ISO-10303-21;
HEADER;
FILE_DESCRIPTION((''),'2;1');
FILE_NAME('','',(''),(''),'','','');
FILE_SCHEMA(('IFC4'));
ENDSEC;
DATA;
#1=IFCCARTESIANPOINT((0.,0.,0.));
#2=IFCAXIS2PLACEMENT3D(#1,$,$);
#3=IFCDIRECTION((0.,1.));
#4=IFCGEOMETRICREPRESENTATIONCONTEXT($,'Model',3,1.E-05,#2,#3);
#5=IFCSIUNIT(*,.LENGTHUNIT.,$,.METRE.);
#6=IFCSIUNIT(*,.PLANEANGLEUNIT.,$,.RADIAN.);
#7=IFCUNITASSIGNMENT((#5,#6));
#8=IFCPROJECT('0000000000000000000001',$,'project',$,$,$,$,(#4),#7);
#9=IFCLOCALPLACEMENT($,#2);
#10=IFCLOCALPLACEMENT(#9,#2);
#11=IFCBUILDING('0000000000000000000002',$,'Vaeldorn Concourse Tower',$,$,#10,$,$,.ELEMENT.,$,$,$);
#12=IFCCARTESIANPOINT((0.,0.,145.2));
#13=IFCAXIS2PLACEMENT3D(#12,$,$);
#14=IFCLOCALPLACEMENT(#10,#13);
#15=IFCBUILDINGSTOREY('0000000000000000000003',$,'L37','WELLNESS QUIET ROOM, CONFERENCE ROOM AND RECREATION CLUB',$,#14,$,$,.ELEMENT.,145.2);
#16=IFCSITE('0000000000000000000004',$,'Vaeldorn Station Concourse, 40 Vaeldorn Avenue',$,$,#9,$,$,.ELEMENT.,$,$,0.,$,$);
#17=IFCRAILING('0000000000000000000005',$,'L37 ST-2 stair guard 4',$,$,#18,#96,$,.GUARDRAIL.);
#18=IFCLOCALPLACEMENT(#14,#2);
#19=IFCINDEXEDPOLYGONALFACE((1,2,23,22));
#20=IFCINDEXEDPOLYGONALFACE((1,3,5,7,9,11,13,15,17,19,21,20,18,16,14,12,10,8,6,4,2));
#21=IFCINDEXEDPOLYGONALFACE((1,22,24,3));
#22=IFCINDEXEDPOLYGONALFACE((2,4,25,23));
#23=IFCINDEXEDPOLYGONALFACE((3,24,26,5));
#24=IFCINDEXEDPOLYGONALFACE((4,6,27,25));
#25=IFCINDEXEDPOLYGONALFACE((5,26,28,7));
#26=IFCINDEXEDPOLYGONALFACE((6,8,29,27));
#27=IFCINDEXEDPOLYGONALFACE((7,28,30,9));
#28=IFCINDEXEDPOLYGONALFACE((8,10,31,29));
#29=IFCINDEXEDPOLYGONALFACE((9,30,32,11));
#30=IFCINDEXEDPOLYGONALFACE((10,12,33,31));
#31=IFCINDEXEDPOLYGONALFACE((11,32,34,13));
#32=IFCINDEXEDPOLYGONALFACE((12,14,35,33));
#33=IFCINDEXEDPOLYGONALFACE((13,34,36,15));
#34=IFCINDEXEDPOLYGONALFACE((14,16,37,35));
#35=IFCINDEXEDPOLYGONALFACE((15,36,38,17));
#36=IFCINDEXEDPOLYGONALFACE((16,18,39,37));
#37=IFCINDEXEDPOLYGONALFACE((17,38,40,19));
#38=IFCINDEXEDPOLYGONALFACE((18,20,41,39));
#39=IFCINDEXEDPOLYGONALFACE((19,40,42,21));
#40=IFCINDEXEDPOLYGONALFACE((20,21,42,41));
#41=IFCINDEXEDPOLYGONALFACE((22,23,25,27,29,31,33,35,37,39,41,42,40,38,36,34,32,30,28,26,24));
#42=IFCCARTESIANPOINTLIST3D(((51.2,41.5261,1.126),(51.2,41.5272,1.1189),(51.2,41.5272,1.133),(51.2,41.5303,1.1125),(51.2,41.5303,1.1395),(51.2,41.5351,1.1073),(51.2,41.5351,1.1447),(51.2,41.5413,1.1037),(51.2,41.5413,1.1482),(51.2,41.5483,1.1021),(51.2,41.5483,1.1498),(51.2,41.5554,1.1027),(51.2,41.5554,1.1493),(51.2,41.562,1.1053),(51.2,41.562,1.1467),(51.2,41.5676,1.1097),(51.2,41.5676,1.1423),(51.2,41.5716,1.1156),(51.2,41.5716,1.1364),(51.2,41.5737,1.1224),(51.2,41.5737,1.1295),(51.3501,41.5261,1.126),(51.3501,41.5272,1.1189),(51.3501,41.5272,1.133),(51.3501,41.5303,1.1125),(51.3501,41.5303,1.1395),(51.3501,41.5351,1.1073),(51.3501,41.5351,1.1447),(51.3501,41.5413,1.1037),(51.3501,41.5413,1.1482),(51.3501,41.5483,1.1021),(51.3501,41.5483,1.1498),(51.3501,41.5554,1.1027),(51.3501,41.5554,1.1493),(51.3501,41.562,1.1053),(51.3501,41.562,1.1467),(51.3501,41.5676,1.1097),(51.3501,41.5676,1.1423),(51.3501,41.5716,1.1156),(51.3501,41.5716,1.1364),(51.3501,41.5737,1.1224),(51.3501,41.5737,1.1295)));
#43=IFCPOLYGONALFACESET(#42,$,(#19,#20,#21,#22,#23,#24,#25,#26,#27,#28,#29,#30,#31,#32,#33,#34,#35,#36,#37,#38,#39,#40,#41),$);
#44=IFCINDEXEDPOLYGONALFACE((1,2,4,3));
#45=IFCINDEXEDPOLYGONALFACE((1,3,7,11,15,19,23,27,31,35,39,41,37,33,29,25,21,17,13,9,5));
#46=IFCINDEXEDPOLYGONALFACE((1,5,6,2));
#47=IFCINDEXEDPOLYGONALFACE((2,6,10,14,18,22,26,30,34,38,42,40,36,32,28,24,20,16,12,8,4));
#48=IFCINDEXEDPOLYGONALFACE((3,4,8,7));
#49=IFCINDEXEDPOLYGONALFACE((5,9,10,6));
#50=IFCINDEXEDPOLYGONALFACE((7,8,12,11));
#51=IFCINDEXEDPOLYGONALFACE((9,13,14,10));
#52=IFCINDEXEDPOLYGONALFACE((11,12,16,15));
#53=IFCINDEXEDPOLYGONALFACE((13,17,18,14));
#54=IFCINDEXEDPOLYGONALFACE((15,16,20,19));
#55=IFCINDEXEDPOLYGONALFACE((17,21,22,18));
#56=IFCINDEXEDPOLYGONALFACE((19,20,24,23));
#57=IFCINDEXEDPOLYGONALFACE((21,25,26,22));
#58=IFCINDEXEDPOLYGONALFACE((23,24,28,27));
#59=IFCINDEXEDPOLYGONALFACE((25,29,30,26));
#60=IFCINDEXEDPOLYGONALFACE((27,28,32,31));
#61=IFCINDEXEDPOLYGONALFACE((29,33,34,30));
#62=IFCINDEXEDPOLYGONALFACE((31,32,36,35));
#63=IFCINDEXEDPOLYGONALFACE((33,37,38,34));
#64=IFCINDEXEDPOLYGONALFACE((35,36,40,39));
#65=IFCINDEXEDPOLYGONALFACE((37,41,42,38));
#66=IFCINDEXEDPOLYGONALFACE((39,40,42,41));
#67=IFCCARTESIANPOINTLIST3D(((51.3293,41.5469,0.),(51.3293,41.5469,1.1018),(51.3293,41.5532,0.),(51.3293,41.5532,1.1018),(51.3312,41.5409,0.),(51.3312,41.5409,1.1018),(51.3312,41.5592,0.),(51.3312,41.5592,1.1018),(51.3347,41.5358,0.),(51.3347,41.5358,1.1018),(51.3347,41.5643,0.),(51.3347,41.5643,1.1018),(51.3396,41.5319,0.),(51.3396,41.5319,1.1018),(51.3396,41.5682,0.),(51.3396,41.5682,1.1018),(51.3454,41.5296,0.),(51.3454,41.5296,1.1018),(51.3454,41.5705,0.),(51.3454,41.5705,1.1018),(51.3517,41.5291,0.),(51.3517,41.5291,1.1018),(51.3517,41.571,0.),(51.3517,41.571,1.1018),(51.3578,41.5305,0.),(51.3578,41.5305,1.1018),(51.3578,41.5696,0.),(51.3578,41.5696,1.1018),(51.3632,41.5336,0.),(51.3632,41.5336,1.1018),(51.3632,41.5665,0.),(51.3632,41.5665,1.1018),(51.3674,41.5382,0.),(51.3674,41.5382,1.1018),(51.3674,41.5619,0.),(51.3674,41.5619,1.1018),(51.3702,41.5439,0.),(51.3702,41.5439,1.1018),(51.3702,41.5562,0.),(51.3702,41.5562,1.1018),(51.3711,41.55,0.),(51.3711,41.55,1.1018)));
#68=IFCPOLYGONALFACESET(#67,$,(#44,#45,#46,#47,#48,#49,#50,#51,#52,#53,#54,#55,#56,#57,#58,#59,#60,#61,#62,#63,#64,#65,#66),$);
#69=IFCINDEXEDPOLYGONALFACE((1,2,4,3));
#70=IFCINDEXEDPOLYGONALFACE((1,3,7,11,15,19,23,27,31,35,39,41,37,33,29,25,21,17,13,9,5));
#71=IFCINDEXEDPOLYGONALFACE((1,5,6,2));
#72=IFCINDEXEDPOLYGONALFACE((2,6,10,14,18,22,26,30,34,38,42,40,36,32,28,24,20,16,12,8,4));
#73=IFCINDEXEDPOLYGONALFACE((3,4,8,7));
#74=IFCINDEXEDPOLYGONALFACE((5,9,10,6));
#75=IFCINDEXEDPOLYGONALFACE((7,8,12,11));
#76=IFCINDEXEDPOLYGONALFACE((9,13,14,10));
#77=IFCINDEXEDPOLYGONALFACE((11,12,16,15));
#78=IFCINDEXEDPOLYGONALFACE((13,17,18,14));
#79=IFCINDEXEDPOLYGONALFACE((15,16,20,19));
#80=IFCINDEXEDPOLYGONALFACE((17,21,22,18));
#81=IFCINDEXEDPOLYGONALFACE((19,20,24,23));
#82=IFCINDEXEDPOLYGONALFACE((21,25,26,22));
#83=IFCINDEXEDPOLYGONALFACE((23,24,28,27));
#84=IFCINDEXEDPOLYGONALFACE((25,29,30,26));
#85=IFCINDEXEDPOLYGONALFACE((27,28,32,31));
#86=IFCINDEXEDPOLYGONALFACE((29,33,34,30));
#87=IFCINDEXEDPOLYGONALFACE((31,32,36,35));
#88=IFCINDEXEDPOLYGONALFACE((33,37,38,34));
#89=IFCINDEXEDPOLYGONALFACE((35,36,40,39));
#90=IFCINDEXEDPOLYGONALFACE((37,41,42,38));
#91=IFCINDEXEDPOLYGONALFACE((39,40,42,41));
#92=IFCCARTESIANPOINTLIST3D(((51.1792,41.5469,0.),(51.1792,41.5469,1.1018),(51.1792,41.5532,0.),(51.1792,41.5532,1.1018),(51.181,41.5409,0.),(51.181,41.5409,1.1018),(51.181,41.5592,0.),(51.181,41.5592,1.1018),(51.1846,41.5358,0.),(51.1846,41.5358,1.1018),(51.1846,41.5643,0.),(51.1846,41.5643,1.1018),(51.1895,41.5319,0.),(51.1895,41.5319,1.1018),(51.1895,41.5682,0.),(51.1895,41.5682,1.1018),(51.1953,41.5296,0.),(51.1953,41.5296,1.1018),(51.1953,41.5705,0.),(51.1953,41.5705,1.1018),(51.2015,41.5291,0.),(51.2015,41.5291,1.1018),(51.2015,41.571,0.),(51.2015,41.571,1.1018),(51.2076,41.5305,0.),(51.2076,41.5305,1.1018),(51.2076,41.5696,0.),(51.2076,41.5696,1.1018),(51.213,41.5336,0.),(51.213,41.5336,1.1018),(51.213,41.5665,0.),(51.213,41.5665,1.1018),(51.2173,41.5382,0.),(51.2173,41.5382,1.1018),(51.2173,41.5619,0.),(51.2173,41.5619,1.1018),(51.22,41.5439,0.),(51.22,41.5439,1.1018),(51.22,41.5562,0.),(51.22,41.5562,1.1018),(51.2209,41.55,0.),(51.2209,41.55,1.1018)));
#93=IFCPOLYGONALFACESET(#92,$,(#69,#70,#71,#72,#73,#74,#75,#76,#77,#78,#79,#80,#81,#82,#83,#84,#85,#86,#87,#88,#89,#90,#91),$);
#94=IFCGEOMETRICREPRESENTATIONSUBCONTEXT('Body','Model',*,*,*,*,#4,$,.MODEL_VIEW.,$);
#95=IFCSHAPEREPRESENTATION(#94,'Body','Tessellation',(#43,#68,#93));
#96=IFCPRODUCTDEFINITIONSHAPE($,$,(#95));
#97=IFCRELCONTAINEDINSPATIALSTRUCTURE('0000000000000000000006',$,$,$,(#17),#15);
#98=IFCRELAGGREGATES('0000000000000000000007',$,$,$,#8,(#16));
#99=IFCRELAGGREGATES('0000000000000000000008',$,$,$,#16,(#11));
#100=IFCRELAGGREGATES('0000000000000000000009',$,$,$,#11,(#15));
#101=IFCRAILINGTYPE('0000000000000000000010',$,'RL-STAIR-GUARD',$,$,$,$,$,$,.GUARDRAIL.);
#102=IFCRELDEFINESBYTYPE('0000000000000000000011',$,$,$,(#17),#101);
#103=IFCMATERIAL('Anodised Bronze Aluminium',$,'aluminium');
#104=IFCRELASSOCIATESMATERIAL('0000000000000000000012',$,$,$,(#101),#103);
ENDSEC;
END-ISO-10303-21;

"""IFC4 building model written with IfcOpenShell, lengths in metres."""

from ifc_helpers import new_model, si_unit, direction, frame, origin, origin_2d, place, context, subcontext, project, spatial, circle, extrude, material, type_object, element, save


model = new_model("IFC4")

# Units and contexts
model_context = context("Model", 3, precision=1e-05, world=origin(), true_north=direction((0.0, 1.0)))
body_context = subcontext(model_context, "Body", "Model", "MODEL_VIEW")
ifc_project = project(units=[si_unit("LENGTHUNIT", "METRE"), si_unit("PLANEANGLEUNIT", "RADIAN")], contexts=[model_context])

# Site, building, storey
site_placement = place(None, origin())
site = spatial("IfcSite", under=ifc_project, at=site_placement, Name="Vaeldorn Station Concourse, 40 Vaeldorn Avenue", CompositionType="ELEMENT", RefElevation=0.0)
building_placement = place(site_placement, origin())
building = spatial("IfcBuilding", under=site, at=building_placement, Name="Vaeldorn Concourse Tower", CompositionType="ELEMENT")
storey_placement = place(building_placement, frame((0.0, 0.0, 145.2)))
storey = spatial("IfcBuildingStorey", under=building, at=storey_placement, Name="L37", Description="WELLNESS QUIET ROOM, CONFERENCE ROOM AND RECREATION CLUB", CompositionType="ELEMENT", Elevation=145.2)

# Shared definitions
ifc_material_1 = material(Name="Anodised Bronze Aluminium", Category="aluminium")

# Railing
railing_type_1 = type_object("IfcRailingType", Name="RL-STAIR-GUARD", PredefinedType="GUARDRAIL", material=ifc_material_1)
railing_1_placement = place(storey_placement, frame((51.3501, 41.55, 0.0)))
element("IfcRailing", 1, at=railing_1_placement, inside=storey, type_object=railing_type_1, Name="L37 ST-2 stair guard 4", PredefinedType="GUARDRAIL", context=body_context, shape_type="SweptSolid", body=[
    extrude(circle(Radius=0.0239, at=origin_2d()), frame((0.0, 0.0, 1.126), z_axis=(-1.0, 0.0, 0.0), x_axis=(0.0, -1.0, 0.0)), (0.0, 0.0, 1.0), 0.1501),
    extrude(circle(Radius=0.021, at=origin_2d()), origin(), (0.0, 0.0, 1.0), 1.1018),
    extrude(circle(Radius=0.021, at=origin_2d()), frame((-0.1501, 0.0, 0.0)), (0.0, 0.0, 1.0), 1.1018),
])

save(model, "model.ifc")
